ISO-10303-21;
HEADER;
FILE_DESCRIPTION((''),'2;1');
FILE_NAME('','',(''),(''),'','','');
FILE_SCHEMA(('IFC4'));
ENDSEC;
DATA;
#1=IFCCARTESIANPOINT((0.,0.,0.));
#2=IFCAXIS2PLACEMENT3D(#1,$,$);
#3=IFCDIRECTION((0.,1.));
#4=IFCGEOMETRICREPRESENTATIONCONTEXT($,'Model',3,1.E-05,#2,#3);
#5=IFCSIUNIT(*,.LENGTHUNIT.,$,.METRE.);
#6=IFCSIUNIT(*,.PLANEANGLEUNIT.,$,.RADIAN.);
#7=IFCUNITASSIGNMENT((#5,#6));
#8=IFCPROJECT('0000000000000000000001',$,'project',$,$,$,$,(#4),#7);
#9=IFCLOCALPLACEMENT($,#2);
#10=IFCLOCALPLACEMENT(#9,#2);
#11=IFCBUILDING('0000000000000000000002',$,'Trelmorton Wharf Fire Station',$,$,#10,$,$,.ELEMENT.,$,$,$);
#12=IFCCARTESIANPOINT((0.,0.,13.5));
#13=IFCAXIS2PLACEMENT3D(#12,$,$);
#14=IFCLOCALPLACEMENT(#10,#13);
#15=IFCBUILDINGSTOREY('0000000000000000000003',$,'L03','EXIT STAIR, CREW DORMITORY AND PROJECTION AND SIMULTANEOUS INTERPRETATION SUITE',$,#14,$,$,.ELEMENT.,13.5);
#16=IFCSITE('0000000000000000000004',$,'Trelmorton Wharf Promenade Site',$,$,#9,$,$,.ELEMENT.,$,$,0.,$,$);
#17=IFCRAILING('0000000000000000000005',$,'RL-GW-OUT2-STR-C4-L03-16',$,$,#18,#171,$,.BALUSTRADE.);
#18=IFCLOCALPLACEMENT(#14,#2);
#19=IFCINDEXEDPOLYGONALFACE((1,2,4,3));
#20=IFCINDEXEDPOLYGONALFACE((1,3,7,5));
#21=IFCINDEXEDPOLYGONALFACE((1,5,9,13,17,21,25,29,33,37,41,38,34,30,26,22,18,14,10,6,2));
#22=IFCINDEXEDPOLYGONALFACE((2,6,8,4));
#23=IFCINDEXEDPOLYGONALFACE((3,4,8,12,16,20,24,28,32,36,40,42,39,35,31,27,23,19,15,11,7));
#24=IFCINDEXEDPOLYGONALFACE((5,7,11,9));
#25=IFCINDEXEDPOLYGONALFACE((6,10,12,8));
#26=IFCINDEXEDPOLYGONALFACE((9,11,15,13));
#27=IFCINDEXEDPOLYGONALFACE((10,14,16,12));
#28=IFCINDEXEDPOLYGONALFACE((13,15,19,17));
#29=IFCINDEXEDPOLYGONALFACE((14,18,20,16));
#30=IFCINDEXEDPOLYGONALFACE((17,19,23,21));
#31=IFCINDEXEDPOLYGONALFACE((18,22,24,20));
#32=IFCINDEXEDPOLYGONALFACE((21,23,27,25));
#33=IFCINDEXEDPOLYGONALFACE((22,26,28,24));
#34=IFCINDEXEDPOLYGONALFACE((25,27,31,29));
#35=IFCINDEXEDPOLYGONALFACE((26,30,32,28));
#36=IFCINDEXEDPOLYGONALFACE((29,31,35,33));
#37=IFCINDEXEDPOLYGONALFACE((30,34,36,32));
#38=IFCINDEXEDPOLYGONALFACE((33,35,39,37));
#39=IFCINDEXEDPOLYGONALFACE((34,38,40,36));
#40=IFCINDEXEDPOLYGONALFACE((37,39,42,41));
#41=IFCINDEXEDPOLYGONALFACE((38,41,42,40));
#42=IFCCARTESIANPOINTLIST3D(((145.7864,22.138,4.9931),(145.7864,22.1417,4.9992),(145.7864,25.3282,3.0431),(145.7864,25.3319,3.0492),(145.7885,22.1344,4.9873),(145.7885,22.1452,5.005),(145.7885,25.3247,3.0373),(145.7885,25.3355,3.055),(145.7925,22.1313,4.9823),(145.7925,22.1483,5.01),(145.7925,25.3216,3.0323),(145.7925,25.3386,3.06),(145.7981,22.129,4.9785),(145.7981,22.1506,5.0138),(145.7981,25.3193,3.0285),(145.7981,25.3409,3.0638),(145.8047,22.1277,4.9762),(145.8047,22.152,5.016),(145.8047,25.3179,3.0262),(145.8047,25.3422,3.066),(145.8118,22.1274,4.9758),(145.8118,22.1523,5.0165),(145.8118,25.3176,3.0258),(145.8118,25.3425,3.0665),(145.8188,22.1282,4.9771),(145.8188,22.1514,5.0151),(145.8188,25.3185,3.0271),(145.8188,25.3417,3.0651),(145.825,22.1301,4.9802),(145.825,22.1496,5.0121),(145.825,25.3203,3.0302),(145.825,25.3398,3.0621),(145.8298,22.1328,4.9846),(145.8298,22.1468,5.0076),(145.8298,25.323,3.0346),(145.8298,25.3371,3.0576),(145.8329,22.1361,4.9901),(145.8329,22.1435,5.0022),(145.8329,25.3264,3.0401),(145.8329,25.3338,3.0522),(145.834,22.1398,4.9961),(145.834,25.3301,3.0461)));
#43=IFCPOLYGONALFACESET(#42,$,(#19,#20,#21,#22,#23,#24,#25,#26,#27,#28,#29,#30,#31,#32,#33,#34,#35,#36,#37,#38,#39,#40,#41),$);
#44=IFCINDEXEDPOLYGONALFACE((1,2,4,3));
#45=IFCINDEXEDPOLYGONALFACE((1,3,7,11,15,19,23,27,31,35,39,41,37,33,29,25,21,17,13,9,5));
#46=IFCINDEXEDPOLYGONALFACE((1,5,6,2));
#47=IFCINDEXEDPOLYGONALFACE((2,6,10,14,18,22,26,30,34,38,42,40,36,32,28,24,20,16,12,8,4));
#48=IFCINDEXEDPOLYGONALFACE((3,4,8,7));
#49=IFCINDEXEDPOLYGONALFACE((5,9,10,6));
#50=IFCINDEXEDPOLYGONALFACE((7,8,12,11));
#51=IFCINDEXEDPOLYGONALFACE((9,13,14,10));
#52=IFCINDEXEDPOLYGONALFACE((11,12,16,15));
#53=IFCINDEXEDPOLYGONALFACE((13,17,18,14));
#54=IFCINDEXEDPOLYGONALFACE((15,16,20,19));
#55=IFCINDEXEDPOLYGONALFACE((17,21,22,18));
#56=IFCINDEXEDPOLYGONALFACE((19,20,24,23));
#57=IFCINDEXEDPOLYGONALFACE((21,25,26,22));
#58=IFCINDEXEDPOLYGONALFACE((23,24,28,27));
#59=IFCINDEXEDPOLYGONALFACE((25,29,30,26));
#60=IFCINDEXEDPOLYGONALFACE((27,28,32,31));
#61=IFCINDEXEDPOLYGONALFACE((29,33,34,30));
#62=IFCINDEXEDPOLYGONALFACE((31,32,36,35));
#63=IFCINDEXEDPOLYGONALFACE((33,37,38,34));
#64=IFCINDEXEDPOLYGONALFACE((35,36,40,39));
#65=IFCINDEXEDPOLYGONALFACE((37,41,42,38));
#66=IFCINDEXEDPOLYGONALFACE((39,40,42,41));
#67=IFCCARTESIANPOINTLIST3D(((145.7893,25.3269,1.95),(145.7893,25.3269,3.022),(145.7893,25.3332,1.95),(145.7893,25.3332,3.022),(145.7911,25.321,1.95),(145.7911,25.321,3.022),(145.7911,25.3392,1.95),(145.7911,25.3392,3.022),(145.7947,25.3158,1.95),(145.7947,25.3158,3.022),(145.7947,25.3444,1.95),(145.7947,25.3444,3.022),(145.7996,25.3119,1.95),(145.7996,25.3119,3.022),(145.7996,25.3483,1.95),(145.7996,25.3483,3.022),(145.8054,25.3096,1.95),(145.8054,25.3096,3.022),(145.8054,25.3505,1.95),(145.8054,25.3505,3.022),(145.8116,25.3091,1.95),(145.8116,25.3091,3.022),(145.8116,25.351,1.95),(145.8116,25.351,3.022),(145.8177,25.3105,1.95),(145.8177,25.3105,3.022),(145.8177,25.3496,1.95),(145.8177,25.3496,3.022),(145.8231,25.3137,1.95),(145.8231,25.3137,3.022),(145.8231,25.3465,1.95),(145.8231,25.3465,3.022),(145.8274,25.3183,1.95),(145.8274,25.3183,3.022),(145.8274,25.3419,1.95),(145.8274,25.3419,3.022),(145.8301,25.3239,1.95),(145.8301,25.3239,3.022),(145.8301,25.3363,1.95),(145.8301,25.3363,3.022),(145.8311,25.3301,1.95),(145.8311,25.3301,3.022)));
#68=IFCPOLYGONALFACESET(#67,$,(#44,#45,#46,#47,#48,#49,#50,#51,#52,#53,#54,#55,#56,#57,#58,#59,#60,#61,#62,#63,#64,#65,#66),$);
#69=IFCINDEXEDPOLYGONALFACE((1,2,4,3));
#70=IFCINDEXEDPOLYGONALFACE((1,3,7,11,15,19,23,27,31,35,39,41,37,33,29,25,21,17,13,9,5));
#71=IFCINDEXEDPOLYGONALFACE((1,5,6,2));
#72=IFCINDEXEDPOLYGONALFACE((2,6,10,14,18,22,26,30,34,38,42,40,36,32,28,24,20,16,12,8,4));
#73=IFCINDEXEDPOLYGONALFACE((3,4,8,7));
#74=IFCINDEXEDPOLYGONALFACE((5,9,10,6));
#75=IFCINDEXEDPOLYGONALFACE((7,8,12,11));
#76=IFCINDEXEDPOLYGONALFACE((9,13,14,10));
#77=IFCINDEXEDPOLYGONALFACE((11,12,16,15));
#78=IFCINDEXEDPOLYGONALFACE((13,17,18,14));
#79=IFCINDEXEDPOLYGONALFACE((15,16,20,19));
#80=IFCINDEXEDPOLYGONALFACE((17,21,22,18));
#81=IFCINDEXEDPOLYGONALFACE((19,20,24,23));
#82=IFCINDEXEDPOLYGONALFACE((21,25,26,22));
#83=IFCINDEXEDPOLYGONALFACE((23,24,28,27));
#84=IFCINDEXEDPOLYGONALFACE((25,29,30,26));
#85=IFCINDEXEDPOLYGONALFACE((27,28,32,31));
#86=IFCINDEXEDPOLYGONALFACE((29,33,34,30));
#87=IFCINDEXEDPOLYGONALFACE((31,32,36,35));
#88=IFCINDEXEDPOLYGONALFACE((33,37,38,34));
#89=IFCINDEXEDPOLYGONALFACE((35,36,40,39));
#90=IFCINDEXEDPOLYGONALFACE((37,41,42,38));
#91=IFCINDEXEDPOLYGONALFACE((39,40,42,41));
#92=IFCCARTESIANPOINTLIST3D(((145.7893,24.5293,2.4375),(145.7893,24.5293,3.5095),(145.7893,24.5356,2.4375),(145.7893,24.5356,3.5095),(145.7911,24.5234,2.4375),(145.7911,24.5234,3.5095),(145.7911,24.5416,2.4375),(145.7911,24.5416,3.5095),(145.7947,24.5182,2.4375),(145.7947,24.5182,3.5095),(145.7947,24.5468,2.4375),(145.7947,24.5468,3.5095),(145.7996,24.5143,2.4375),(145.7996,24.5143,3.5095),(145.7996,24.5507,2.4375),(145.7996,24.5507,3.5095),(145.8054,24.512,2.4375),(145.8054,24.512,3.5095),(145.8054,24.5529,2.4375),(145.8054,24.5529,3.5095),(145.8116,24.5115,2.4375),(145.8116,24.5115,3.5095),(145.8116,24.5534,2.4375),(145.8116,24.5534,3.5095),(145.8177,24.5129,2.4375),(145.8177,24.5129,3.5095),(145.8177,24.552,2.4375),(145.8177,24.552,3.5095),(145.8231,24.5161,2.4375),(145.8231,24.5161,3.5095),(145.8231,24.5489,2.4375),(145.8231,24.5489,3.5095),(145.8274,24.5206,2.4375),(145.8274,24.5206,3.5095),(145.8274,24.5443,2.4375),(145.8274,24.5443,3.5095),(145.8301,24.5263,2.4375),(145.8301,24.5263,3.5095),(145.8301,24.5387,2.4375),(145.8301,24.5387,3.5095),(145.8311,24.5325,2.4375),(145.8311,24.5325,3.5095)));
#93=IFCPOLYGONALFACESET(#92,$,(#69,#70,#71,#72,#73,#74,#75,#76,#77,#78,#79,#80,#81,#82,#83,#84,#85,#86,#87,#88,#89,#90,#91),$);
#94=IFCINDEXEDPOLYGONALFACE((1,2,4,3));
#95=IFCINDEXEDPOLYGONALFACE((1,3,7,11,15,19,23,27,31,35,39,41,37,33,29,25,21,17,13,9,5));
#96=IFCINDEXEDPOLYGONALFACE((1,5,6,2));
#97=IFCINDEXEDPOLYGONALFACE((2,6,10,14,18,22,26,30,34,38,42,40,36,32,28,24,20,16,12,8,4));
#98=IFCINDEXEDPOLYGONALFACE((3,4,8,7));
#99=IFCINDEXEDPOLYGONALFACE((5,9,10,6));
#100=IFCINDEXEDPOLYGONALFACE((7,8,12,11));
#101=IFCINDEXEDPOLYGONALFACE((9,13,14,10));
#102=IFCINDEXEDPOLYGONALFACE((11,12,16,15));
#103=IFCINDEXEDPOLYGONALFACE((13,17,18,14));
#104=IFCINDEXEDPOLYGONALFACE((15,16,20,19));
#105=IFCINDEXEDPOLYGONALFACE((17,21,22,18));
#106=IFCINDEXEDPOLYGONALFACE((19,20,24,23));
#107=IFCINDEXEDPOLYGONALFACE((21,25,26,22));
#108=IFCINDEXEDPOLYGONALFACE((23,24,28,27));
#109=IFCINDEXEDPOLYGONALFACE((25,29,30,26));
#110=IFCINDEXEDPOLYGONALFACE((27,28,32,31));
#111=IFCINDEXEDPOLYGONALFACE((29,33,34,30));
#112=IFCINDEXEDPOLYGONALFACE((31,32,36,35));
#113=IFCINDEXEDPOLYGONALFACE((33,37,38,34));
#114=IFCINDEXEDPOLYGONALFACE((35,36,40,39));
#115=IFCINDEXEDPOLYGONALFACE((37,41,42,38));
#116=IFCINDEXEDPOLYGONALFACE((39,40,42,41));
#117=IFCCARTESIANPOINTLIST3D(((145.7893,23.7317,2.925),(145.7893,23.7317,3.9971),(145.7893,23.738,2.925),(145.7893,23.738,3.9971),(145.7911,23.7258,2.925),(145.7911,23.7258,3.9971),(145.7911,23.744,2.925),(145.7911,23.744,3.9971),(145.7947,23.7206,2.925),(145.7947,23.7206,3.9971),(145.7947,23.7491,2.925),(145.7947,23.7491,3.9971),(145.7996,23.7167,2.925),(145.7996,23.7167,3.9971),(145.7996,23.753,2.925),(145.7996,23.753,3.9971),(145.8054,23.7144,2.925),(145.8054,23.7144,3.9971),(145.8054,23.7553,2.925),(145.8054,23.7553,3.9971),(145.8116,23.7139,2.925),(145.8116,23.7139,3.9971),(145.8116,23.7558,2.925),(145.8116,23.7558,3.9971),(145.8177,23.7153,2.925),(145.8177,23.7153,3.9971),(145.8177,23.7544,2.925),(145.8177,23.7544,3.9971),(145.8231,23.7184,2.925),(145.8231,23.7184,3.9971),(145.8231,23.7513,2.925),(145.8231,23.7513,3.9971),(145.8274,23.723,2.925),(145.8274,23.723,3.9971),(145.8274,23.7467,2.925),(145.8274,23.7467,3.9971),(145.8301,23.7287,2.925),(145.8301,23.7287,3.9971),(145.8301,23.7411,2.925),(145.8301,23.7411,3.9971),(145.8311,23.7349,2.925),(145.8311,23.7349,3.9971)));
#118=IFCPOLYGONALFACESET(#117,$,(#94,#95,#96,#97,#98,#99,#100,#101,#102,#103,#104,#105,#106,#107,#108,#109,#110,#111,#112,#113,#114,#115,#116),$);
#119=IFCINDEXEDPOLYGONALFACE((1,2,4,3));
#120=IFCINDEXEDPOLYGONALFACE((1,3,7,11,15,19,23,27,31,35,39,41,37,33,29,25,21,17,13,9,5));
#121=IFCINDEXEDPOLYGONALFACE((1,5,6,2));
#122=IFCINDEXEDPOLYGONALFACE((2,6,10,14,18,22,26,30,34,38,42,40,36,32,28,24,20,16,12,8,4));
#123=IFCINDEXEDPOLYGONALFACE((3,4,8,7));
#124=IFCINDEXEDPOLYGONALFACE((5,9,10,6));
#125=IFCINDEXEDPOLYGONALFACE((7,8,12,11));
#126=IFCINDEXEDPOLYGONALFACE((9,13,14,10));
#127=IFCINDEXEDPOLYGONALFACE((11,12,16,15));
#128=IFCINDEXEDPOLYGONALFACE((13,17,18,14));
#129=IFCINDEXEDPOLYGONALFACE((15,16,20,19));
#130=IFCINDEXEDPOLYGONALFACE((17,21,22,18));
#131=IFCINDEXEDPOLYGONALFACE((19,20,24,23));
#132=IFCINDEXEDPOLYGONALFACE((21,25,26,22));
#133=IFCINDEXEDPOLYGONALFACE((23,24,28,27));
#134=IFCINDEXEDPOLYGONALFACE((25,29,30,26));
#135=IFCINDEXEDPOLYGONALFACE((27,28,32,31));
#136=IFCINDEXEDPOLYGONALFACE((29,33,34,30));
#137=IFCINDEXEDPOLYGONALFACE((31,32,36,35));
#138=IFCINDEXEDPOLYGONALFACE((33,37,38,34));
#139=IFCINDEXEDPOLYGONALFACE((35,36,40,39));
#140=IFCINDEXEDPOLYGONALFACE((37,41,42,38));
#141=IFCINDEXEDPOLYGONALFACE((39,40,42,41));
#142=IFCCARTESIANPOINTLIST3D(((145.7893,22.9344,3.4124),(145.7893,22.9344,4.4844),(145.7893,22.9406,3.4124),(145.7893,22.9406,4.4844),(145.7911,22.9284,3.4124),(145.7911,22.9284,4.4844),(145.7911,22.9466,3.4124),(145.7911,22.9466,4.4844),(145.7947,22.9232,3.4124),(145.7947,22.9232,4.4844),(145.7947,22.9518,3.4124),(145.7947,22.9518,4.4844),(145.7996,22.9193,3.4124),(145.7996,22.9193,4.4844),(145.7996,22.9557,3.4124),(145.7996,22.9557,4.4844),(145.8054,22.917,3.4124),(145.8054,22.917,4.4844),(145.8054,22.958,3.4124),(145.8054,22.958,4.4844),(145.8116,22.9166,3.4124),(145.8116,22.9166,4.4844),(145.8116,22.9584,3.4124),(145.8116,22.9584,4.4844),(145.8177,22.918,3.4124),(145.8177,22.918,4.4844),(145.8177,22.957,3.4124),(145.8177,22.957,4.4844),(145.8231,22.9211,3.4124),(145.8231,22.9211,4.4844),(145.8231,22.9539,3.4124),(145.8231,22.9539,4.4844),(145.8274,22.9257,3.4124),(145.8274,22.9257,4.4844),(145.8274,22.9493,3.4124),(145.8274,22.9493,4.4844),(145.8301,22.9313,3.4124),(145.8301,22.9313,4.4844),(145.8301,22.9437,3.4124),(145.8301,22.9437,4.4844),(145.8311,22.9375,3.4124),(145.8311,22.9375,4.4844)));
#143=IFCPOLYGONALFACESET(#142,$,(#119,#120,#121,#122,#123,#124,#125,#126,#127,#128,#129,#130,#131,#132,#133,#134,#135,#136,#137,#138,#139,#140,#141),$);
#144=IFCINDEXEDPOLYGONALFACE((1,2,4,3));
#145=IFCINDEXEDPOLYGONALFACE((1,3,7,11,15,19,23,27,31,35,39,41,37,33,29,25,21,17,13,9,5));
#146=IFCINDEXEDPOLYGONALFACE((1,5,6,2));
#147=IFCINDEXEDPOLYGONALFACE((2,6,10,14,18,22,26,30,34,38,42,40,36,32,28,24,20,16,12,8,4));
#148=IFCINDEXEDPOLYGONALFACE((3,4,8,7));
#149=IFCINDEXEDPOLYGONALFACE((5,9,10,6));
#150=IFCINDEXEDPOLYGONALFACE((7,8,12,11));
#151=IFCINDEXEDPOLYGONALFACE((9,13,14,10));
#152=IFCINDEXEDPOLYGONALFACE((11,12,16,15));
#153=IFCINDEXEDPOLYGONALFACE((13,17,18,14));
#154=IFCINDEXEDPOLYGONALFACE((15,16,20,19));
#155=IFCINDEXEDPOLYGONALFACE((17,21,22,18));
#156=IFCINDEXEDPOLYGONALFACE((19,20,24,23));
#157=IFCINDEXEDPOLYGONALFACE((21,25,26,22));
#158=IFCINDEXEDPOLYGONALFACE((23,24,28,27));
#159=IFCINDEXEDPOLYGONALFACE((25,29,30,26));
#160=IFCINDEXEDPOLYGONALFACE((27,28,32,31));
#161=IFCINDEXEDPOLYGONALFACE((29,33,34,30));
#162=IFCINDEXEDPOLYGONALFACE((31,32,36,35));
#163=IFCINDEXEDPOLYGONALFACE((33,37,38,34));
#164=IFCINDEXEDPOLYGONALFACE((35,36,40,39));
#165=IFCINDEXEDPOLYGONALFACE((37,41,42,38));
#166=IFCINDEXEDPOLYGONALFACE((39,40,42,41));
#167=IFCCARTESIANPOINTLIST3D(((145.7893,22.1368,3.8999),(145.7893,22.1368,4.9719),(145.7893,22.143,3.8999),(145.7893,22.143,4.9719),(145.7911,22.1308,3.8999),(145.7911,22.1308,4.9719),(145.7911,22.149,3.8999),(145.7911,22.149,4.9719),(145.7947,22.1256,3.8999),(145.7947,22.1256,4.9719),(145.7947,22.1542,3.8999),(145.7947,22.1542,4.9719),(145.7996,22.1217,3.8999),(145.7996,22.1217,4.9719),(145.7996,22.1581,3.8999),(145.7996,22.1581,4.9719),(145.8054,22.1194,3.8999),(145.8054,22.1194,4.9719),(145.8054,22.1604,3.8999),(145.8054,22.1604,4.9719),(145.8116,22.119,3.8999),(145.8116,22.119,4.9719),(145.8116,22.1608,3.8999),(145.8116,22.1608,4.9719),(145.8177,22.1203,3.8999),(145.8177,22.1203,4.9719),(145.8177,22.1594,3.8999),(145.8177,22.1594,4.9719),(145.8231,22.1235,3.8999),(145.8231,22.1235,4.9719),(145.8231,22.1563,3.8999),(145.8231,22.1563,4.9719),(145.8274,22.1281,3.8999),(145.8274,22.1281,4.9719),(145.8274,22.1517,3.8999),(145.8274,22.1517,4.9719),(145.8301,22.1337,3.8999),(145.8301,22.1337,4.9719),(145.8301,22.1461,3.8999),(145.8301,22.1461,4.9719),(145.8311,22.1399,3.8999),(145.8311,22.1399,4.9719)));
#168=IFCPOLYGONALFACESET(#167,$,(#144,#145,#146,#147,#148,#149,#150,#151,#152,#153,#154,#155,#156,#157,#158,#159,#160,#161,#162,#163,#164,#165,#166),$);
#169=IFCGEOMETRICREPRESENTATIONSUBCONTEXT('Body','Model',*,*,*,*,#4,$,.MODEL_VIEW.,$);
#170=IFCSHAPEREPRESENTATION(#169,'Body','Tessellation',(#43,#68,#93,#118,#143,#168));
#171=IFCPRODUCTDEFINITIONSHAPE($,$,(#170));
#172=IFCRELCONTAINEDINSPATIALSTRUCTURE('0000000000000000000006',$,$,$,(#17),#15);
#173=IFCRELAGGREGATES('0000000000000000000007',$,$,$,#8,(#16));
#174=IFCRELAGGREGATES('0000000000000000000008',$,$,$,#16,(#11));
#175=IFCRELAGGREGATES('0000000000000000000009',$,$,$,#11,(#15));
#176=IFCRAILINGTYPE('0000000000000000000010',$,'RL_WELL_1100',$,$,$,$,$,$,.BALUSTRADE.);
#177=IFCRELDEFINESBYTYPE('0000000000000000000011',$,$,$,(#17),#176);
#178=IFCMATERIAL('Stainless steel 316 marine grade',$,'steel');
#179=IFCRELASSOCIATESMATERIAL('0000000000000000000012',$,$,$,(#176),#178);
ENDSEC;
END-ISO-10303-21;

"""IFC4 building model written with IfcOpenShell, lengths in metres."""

from ifc_helpers import new_model, si_unit, direction, frame, origin, origin_2d, place, context, subcontext, project, spatial, circle, extrude, material, type_object, element, save


model = new_model("IFC4")

# Units and contexts
model_context = context("Model", 3, precision=1e-05, world=origin(), true_north=direction((0.0, 1.0)))
body_context = subcontext(model_context, "Body", "Model", "MODEL_VIEW")
ifc_project = project(units=[si_unit("LENGTHUNIT", "METRE"), si_unit("PLANEANGLEUNIT", "RADIAN")], contexts=[model_context])

# Site, building, storey
site_placement = place(None, origin())
site = spatial("IfcSite", under=ifc_project, at=site_placement, Name="Trelmorton Wharf Promenade Site", CompositionType="ELEMENT", RefElevation=0.0)
building_placement = place(site_placement, origin())
building = spatial("IfcBuilding", under=site, at=building_placement, Name="Trelmorton Wharf Fire Station", CompositionType="ELEMENT")
storey_placement = place(building_placement, frame((0.0, 0.0, 13.5)))
storey = spatial("IfcBuildingStorey", under=building, at=storey_placement, Name="L03", Description="EXIT STAIR, CREW DORMITORY AND PROJECTION AND SIMULTANEOUS INTERPRETATION SUITE", CompositionType="ELEMENT", Elevation=13.5)

# Shared definitions
ifc_material_1 = material(Name="Stainless steel 316 marine grade", Category="steel")

# Railing
railing_type_1 = type_object("IfcRailingType", Name="RL_WELL_1100", PredefinedType="BALUSTRADE", material=ifc_material_1)
railing_1_placement = place(storey_placement, frame((145.8101, 25.3301, 1.95)))
element("IfcRailing", 1, at=railing_1_placement, inside=storey, type_object=railing_type_1, Name="RL-GW-OUT2-STR-C4-L03-16", PredefinedType="BALUSTRADE", context=body_context, shape_type="SweptSolid", body=[
    extrude(circle(Radius=0.0239, at=origin_2d()), frame((0.0, 0.0, 1.0962), z_axis=(0.0, -0.853235, 0.521527), x_axis=(1.0, 0.0, 0.0)), (0.0, 0.0, 1.0), 3.739),
    extrude(circle(Radius=0.021, at=origin_2d()), origin(), (0.0, 0.0, 1.0), 1.072),
    extrude(circle(Radius=0.021, at=origin_2d()), frame((0.0, -0.7976, 0.4875)), (0.0, 0.0, 1.0), 1.072),
    extrude(circle(Radius=0.021, at=origin_2d()), frame((0.0, -1.5952, 0.9751)), (0.0, 0.0, 1.0), 1.072),
    extrude(circle(Radius=0.021, at=origin_2d()), frame((0.0, -2.3926, 1.4624)), (0.0, 0.0, 1.0), 1.072),
    extrude(circle(Radius=0.021, at=origin_2d()), frame((0.0, -3.1902, 1.95)), (0.0, 0.0, 1.0), 1.072),
])

save(model, "model.ifc")
